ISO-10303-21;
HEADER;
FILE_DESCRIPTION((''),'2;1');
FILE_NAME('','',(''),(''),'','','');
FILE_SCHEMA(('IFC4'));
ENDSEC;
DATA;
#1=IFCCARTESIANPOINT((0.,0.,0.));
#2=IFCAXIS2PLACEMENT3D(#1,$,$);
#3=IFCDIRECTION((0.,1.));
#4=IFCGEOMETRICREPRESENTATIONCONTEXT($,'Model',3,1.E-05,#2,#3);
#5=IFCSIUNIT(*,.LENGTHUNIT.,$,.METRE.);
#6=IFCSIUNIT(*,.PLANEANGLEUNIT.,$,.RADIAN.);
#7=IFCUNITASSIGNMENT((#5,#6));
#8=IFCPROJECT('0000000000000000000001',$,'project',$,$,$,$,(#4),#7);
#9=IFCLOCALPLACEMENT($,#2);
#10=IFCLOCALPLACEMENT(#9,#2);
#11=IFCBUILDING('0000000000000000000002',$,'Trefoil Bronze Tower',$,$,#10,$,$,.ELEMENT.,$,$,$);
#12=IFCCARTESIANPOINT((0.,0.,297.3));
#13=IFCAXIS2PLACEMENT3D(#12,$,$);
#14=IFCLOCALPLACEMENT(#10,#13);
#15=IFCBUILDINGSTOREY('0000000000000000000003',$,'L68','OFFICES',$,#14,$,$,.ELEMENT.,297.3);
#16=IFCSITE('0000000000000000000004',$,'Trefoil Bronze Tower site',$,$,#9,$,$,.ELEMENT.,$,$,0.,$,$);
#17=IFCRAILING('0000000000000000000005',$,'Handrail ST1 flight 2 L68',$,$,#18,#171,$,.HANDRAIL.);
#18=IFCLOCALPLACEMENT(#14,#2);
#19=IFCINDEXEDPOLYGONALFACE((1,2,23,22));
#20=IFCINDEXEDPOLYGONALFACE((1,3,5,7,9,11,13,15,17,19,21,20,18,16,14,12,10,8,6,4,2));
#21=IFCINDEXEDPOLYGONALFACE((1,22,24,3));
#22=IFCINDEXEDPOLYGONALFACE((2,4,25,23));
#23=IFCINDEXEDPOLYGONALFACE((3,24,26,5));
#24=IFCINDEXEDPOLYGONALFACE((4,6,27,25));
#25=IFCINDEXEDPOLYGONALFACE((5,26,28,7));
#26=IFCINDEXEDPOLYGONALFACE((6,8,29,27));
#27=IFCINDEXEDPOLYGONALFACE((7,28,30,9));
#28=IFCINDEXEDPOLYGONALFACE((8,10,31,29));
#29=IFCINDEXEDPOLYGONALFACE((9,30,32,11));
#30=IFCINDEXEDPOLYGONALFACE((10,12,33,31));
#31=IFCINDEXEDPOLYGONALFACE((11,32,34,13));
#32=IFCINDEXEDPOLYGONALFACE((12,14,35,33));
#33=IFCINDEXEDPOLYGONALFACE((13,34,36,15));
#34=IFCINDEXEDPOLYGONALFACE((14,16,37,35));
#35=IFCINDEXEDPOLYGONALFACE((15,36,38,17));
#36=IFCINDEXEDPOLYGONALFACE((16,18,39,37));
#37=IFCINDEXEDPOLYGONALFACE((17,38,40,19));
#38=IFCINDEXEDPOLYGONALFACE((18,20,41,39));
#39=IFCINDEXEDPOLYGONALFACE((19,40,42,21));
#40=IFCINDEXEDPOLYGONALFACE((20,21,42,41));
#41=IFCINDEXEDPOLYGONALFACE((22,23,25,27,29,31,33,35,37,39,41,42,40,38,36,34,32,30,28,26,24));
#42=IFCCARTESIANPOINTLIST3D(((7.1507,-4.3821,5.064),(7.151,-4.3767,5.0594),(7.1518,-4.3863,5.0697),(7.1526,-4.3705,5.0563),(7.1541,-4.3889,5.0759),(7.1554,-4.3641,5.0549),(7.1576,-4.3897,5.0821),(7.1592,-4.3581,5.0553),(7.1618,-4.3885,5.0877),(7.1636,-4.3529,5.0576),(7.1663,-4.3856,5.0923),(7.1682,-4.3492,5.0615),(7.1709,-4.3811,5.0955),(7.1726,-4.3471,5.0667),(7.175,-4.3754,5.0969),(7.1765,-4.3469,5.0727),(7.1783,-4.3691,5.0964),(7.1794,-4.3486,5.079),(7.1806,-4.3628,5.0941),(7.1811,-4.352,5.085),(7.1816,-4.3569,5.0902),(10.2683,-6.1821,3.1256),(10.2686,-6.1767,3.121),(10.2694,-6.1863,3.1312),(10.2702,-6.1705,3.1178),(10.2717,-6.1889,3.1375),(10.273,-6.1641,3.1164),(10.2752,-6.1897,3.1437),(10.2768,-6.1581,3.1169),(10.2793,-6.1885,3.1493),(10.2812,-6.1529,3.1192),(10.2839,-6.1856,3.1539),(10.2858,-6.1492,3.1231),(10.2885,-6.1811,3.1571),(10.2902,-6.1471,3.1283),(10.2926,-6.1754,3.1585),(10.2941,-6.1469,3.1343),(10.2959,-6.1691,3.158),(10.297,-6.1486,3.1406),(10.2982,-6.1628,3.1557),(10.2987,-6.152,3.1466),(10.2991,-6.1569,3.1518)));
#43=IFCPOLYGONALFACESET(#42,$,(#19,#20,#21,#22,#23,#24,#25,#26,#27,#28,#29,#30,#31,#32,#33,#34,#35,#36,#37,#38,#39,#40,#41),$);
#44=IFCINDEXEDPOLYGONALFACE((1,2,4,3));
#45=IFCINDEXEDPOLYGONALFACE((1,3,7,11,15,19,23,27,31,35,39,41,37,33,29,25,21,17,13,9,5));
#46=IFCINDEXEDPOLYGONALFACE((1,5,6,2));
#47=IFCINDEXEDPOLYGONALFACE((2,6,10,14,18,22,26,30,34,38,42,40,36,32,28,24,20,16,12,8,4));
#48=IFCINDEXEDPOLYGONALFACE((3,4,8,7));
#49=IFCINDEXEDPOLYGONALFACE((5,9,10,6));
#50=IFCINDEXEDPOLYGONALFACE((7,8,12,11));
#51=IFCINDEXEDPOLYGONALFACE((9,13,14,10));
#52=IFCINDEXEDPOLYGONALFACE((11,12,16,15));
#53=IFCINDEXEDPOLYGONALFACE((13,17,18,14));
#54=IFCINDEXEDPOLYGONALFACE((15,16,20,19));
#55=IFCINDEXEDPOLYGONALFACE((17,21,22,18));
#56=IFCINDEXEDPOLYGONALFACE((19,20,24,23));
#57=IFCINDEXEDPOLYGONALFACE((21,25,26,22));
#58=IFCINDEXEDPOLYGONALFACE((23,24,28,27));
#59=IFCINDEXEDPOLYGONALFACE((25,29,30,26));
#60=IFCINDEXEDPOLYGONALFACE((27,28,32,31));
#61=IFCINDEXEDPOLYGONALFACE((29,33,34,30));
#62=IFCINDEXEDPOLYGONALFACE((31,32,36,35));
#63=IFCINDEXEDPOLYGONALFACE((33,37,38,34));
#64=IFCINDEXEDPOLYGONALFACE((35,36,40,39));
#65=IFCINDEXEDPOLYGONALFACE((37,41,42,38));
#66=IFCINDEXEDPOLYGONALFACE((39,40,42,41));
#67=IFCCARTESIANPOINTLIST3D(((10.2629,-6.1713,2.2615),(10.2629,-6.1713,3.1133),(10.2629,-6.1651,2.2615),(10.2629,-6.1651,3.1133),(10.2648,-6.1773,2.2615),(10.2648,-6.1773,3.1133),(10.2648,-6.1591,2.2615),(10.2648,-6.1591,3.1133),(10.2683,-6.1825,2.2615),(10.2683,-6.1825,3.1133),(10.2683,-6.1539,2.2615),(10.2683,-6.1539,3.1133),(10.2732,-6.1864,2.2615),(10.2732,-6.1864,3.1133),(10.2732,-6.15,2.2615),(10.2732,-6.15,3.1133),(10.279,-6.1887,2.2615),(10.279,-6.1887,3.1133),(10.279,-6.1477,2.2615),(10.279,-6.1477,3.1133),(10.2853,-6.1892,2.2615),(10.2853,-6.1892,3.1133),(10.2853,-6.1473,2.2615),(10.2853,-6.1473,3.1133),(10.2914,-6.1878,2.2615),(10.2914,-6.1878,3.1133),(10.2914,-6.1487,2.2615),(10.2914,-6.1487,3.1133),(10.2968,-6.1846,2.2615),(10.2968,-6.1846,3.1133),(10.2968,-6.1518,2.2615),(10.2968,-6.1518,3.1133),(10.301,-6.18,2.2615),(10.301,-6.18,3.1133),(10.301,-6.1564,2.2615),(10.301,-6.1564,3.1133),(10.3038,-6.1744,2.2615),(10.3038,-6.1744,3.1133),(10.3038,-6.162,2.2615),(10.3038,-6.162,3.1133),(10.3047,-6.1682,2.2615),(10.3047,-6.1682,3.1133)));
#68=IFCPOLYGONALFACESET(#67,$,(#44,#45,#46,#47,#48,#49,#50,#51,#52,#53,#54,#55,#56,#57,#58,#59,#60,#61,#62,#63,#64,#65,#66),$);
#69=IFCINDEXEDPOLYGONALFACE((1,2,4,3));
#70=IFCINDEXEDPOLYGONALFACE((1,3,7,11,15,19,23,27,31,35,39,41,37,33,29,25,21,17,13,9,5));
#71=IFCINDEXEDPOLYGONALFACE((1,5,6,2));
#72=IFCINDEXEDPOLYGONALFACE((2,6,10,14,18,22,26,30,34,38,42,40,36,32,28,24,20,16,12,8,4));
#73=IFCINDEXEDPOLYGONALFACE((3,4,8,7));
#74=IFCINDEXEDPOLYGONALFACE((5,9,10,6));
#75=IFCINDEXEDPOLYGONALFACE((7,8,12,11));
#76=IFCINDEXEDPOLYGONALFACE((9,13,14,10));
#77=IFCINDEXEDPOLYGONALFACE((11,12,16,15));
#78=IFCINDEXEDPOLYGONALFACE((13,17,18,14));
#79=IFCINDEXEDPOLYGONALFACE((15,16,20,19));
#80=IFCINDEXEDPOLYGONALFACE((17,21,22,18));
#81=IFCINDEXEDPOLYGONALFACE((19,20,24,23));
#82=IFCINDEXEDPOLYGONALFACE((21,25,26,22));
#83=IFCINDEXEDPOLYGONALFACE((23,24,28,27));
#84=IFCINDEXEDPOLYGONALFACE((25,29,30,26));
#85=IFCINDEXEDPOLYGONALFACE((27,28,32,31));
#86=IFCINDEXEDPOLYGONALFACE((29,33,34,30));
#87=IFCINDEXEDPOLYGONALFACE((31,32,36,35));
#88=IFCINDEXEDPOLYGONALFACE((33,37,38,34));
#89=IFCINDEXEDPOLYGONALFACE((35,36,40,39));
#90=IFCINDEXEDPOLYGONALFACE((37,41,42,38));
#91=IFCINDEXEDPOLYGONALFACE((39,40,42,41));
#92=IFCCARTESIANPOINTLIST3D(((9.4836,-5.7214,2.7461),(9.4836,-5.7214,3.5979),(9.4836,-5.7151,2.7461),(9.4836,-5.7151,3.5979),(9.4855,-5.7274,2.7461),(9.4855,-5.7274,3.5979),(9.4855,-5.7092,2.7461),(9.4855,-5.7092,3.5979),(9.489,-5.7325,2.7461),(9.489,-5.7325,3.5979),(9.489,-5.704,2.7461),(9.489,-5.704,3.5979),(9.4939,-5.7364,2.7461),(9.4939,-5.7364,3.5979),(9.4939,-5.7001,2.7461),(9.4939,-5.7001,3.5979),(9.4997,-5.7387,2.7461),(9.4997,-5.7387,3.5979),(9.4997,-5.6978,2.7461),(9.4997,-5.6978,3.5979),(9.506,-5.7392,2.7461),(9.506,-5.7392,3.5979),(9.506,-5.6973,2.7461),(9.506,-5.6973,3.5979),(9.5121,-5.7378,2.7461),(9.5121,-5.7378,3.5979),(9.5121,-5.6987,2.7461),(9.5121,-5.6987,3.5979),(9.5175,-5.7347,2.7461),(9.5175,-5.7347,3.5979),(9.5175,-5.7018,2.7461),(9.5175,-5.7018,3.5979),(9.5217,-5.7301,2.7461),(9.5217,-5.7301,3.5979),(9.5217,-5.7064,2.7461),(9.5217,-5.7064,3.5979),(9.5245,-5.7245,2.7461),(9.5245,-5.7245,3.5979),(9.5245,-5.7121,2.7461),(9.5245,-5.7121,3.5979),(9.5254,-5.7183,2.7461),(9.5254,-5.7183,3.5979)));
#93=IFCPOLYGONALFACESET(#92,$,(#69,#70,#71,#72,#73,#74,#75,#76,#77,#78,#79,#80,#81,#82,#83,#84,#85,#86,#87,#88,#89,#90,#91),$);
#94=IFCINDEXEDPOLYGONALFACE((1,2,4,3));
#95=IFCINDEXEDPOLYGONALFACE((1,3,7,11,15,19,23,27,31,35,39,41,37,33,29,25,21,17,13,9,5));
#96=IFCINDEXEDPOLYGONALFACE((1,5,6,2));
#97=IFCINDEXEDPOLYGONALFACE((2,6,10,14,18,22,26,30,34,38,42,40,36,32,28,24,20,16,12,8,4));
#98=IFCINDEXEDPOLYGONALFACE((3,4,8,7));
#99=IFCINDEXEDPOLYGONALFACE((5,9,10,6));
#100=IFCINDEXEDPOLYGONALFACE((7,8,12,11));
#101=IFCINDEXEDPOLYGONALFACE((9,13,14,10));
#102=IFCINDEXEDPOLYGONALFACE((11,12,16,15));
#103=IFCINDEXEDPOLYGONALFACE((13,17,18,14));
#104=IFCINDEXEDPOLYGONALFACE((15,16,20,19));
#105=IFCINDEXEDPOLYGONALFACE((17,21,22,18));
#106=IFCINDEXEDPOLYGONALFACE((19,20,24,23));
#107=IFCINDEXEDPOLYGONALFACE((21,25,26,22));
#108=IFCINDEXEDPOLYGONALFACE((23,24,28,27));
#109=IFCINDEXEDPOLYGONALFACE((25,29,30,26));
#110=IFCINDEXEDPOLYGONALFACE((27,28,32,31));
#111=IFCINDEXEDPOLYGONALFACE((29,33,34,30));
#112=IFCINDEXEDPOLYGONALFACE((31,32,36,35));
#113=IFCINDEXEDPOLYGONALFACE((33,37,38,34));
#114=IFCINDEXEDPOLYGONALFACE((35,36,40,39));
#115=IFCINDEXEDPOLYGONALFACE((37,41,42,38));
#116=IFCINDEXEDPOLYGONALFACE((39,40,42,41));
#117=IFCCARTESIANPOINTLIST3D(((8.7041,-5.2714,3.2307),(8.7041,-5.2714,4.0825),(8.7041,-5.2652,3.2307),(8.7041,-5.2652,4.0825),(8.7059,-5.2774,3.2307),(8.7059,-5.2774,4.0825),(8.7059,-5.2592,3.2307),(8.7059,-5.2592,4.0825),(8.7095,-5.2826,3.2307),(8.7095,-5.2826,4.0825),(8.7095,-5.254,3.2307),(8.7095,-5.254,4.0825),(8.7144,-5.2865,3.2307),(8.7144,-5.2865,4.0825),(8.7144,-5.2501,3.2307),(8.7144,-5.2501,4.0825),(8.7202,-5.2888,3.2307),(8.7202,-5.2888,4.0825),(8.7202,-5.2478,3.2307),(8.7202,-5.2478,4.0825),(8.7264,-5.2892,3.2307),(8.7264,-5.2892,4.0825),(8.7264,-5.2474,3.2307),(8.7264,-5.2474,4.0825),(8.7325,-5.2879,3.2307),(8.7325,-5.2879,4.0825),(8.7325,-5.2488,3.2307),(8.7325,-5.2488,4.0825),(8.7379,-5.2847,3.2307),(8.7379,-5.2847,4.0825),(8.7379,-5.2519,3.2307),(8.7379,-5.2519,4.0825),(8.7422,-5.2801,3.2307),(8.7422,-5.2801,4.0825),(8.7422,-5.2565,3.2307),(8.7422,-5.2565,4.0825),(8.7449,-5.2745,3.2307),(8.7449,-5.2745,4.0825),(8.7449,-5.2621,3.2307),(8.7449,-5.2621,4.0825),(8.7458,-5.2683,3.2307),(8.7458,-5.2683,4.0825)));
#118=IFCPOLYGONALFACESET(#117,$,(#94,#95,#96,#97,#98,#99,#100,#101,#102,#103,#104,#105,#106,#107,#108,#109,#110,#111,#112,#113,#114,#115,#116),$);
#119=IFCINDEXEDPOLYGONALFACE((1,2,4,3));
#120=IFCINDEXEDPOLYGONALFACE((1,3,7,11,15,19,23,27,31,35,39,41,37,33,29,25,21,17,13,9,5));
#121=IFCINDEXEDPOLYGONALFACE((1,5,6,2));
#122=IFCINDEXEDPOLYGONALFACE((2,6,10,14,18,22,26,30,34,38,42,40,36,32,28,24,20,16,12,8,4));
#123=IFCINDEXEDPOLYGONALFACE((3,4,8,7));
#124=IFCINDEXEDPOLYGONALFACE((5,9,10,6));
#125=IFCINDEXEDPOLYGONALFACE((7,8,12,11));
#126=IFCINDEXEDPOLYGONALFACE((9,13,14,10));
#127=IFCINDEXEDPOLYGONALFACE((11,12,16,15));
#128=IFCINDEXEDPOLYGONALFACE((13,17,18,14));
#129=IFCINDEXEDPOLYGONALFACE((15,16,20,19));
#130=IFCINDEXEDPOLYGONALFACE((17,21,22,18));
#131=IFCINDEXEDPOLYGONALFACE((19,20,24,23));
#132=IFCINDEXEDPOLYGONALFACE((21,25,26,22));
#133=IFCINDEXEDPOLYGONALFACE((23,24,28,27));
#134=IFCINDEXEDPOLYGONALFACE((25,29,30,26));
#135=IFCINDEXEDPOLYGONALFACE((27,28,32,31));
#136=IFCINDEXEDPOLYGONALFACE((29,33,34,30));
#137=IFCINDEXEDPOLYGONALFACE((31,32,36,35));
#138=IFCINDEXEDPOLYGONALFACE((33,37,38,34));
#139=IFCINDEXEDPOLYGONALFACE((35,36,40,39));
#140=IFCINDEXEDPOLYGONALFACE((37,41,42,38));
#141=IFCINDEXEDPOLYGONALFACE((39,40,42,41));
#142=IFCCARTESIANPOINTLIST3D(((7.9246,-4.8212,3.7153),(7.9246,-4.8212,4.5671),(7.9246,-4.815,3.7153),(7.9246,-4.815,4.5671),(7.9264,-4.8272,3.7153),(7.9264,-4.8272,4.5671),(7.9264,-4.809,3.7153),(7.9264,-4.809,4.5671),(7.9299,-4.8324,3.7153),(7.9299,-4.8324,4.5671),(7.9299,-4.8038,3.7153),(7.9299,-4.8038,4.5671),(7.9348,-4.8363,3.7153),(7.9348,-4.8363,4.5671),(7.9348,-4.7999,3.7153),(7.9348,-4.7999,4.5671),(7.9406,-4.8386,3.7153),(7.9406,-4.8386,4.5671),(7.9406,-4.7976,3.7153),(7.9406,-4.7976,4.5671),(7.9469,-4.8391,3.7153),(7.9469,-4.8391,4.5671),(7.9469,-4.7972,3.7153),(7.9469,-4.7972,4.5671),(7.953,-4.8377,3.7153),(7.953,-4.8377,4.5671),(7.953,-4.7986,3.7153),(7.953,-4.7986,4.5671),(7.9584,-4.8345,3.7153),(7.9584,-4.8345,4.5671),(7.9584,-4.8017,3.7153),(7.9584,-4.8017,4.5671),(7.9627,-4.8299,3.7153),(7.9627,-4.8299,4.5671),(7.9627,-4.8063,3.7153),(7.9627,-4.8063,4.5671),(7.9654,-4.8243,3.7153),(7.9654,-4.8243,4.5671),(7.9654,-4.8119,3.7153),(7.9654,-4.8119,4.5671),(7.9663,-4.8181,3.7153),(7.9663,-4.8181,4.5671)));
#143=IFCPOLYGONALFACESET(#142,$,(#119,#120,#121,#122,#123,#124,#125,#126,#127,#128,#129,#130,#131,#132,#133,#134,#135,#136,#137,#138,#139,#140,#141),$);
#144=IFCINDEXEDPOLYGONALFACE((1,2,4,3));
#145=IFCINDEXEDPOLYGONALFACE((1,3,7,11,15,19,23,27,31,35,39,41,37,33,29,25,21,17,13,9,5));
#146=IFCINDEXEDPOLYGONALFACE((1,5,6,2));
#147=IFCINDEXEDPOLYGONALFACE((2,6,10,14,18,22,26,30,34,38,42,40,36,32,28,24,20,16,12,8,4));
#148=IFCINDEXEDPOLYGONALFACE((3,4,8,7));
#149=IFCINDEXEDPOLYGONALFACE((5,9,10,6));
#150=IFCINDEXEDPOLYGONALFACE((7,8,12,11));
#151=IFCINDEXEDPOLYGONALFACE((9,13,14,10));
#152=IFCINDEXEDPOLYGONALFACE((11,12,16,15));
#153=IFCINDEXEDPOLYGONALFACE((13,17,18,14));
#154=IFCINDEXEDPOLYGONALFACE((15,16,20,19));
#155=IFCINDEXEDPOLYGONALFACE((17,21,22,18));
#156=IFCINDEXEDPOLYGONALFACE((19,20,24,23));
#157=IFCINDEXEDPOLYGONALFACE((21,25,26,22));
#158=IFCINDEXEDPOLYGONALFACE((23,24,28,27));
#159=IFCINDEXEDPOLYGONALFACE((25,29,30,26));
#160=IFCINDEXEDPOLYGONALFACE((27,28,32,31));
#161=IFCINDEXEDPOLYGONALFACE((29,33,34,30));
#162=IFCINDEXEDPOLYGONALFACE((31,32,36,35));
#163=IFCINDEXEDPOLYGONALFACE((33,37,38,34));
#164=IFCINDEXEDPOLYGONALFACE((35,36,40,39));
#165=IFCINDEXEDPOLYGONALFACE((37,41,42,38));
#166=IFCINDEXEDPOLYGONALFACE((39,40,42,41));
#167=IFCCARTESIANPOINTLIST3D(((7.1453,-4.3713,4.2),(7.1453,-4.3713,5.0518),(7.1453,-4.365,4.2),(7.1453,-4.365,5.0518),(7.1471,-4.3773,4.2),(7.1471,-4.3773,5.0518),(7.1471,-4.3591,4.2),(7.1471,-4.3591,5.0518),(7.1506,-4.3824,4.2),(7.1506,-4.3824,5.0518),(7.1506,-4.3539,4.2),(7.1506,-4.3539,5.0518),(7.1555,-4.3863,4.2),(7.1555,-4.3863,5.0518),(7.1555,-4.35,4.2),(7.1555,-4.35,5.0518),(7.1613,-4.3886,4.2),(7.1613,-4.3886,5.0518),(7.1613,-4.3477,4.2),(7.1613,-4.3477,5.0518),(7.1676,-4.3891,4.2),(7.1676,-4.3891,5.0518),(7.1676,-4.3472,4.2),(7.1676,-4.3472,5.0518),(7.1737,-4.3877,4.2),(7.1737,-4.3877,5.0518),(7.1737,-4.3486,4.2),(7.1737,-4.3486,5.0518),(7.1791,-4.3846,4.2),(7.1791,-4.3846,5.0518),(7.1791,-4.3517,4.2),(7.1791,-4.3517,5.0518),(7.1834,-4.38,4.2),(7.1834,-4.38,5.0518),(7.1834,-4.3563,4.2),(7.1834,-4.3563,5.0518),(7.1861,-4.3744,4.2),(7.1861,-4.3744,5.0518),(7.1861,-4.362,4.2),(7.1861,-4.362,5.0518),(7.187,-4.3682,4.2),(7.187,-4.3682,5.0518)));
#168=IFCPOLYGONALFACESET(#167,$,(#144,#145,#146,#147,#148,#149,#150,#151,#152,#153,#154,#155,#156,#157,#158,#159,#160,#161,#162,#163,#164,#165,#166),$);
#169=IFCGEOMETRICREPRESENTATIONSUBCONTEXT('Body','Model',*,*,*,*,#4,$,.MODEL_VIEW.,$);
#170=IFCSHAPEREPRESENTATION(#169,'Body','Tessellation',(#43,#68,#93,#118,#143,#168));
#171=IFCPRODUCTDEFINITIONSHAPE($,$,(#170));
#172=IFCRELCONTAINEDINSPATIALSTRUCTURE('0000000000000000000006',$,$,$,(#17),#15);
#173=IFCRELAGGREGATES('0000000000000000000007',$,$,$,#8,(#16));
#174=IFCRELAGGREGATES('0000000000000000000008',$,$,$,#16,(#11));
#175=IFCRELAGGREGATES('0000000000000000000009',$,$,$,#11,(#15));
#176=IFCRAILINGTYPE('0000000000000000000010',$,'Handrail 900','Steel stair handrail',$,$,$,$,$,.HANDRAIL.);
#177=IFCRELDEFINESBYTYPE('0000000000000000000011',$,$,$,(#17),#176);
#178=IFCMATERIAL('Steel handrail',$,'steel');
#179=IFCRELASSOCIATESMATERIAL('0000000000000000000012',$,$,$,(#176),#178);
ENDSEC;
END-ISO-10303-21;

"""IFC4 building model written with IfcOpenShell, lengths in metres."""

from ifc_helpers import new_model, si_unit, direction, frame, origin, origin_2d, place, context, subcontext, project, spatial, circle, extrude, material, type_object, element, save


model = new_model("IFC4")

# Units and contexts
model_context = context("Model", 3, precision=1e-05, world=origin(), true_north=direction((0.0, 1.0)))
body_context = subcontext(model_context, "Body", "Model", "MODEL_VIEW")
ifc_project = project(units=[si_unit("LENGTHUNIT", "METRE"), si_unit("PLANEANGLEUNIT", "RADIAN")], contexts=[model_context])

# Site, building, storey
site_placement = place(None, origin())
site = spatial("IfcSite", under=ifc_project, at=site_placement, Name="Trefoil Bronze Tower site", CompositionType="ELEMENT", RefElevation=0.0)
building_placement = place(site_placement, origin())
building = spatial("IfcBuilding", under=site, at=building_placement, Name="Trefoil Bronze Tower", CompositionType="ELEMENT")
storey_placement = place(building_placement, frame((0.0, 0.0, 297.3)))
storey = spatial("IfcBuildingStorey", under=building, at=storey_placement, Name="L68", Description="OFFICES", CompositionType="ELEMENT", Elevation=297.3)

# Railing
ifc_material_1 = material(Name="Steel handrail", Category="steel")
railing_type = type_object("IfcRailingType", Name="Handrail 900", Description="Steel stair handrail", PredefinedType="HANDRAIL", material=ifc_material_1)
railing_1_placement = place(storey_placement, frame((10.2837, -6.1682, 2.2615)))
element("IfcRailing", 1, at=railing_1_placement, inside=storey, type_object=railing_type, Name="Handrail ST1 flight 2 L68", PredefinedType="HANDRAIL", context=body_context, shape_type="SweptSolid", body=[
    extrude(circle(Radius=0.0239, at=origin_2d()), frame((0.0, 0.0, 0.876), z_axis=(-0.762503, 0.440246, 0.474102), x_axis=(-0.500012, -0.866018, 0.0)), (0.0, 0.0, 1.0), 4.0886),
    extrude(circle(Radius=0.021, at=origin_2d()), origin(), (0.0, 0.0, 1.0), 0.8518),
    extrude(circle(Radius=0.021, at=origin_2d()), frame((-0.7793, 0.45, 0.4846)), (0.0, 0.0, 1.0), 0.8518),
    extrude(circle(Radius=0.021, at=origin_2d()), frame((-1.5588, 0.8999, 0.9692)), (0.0, 0.0, 1.0), 0.8518),
    extrude(circle(Radius=0.021, at=origin_2d()), frame((-2.3384, 1.3501, 1.4539)), (0.0, 0.0, 1.0), 0.8518),
    extrude(circle(Radius=0.021, at=origin_2d()), frame((-3.1177, 1.8, 1.9385)), (0.0, 0.0, 1.0), 0.8518),
])

save(model, "model.ifc")
